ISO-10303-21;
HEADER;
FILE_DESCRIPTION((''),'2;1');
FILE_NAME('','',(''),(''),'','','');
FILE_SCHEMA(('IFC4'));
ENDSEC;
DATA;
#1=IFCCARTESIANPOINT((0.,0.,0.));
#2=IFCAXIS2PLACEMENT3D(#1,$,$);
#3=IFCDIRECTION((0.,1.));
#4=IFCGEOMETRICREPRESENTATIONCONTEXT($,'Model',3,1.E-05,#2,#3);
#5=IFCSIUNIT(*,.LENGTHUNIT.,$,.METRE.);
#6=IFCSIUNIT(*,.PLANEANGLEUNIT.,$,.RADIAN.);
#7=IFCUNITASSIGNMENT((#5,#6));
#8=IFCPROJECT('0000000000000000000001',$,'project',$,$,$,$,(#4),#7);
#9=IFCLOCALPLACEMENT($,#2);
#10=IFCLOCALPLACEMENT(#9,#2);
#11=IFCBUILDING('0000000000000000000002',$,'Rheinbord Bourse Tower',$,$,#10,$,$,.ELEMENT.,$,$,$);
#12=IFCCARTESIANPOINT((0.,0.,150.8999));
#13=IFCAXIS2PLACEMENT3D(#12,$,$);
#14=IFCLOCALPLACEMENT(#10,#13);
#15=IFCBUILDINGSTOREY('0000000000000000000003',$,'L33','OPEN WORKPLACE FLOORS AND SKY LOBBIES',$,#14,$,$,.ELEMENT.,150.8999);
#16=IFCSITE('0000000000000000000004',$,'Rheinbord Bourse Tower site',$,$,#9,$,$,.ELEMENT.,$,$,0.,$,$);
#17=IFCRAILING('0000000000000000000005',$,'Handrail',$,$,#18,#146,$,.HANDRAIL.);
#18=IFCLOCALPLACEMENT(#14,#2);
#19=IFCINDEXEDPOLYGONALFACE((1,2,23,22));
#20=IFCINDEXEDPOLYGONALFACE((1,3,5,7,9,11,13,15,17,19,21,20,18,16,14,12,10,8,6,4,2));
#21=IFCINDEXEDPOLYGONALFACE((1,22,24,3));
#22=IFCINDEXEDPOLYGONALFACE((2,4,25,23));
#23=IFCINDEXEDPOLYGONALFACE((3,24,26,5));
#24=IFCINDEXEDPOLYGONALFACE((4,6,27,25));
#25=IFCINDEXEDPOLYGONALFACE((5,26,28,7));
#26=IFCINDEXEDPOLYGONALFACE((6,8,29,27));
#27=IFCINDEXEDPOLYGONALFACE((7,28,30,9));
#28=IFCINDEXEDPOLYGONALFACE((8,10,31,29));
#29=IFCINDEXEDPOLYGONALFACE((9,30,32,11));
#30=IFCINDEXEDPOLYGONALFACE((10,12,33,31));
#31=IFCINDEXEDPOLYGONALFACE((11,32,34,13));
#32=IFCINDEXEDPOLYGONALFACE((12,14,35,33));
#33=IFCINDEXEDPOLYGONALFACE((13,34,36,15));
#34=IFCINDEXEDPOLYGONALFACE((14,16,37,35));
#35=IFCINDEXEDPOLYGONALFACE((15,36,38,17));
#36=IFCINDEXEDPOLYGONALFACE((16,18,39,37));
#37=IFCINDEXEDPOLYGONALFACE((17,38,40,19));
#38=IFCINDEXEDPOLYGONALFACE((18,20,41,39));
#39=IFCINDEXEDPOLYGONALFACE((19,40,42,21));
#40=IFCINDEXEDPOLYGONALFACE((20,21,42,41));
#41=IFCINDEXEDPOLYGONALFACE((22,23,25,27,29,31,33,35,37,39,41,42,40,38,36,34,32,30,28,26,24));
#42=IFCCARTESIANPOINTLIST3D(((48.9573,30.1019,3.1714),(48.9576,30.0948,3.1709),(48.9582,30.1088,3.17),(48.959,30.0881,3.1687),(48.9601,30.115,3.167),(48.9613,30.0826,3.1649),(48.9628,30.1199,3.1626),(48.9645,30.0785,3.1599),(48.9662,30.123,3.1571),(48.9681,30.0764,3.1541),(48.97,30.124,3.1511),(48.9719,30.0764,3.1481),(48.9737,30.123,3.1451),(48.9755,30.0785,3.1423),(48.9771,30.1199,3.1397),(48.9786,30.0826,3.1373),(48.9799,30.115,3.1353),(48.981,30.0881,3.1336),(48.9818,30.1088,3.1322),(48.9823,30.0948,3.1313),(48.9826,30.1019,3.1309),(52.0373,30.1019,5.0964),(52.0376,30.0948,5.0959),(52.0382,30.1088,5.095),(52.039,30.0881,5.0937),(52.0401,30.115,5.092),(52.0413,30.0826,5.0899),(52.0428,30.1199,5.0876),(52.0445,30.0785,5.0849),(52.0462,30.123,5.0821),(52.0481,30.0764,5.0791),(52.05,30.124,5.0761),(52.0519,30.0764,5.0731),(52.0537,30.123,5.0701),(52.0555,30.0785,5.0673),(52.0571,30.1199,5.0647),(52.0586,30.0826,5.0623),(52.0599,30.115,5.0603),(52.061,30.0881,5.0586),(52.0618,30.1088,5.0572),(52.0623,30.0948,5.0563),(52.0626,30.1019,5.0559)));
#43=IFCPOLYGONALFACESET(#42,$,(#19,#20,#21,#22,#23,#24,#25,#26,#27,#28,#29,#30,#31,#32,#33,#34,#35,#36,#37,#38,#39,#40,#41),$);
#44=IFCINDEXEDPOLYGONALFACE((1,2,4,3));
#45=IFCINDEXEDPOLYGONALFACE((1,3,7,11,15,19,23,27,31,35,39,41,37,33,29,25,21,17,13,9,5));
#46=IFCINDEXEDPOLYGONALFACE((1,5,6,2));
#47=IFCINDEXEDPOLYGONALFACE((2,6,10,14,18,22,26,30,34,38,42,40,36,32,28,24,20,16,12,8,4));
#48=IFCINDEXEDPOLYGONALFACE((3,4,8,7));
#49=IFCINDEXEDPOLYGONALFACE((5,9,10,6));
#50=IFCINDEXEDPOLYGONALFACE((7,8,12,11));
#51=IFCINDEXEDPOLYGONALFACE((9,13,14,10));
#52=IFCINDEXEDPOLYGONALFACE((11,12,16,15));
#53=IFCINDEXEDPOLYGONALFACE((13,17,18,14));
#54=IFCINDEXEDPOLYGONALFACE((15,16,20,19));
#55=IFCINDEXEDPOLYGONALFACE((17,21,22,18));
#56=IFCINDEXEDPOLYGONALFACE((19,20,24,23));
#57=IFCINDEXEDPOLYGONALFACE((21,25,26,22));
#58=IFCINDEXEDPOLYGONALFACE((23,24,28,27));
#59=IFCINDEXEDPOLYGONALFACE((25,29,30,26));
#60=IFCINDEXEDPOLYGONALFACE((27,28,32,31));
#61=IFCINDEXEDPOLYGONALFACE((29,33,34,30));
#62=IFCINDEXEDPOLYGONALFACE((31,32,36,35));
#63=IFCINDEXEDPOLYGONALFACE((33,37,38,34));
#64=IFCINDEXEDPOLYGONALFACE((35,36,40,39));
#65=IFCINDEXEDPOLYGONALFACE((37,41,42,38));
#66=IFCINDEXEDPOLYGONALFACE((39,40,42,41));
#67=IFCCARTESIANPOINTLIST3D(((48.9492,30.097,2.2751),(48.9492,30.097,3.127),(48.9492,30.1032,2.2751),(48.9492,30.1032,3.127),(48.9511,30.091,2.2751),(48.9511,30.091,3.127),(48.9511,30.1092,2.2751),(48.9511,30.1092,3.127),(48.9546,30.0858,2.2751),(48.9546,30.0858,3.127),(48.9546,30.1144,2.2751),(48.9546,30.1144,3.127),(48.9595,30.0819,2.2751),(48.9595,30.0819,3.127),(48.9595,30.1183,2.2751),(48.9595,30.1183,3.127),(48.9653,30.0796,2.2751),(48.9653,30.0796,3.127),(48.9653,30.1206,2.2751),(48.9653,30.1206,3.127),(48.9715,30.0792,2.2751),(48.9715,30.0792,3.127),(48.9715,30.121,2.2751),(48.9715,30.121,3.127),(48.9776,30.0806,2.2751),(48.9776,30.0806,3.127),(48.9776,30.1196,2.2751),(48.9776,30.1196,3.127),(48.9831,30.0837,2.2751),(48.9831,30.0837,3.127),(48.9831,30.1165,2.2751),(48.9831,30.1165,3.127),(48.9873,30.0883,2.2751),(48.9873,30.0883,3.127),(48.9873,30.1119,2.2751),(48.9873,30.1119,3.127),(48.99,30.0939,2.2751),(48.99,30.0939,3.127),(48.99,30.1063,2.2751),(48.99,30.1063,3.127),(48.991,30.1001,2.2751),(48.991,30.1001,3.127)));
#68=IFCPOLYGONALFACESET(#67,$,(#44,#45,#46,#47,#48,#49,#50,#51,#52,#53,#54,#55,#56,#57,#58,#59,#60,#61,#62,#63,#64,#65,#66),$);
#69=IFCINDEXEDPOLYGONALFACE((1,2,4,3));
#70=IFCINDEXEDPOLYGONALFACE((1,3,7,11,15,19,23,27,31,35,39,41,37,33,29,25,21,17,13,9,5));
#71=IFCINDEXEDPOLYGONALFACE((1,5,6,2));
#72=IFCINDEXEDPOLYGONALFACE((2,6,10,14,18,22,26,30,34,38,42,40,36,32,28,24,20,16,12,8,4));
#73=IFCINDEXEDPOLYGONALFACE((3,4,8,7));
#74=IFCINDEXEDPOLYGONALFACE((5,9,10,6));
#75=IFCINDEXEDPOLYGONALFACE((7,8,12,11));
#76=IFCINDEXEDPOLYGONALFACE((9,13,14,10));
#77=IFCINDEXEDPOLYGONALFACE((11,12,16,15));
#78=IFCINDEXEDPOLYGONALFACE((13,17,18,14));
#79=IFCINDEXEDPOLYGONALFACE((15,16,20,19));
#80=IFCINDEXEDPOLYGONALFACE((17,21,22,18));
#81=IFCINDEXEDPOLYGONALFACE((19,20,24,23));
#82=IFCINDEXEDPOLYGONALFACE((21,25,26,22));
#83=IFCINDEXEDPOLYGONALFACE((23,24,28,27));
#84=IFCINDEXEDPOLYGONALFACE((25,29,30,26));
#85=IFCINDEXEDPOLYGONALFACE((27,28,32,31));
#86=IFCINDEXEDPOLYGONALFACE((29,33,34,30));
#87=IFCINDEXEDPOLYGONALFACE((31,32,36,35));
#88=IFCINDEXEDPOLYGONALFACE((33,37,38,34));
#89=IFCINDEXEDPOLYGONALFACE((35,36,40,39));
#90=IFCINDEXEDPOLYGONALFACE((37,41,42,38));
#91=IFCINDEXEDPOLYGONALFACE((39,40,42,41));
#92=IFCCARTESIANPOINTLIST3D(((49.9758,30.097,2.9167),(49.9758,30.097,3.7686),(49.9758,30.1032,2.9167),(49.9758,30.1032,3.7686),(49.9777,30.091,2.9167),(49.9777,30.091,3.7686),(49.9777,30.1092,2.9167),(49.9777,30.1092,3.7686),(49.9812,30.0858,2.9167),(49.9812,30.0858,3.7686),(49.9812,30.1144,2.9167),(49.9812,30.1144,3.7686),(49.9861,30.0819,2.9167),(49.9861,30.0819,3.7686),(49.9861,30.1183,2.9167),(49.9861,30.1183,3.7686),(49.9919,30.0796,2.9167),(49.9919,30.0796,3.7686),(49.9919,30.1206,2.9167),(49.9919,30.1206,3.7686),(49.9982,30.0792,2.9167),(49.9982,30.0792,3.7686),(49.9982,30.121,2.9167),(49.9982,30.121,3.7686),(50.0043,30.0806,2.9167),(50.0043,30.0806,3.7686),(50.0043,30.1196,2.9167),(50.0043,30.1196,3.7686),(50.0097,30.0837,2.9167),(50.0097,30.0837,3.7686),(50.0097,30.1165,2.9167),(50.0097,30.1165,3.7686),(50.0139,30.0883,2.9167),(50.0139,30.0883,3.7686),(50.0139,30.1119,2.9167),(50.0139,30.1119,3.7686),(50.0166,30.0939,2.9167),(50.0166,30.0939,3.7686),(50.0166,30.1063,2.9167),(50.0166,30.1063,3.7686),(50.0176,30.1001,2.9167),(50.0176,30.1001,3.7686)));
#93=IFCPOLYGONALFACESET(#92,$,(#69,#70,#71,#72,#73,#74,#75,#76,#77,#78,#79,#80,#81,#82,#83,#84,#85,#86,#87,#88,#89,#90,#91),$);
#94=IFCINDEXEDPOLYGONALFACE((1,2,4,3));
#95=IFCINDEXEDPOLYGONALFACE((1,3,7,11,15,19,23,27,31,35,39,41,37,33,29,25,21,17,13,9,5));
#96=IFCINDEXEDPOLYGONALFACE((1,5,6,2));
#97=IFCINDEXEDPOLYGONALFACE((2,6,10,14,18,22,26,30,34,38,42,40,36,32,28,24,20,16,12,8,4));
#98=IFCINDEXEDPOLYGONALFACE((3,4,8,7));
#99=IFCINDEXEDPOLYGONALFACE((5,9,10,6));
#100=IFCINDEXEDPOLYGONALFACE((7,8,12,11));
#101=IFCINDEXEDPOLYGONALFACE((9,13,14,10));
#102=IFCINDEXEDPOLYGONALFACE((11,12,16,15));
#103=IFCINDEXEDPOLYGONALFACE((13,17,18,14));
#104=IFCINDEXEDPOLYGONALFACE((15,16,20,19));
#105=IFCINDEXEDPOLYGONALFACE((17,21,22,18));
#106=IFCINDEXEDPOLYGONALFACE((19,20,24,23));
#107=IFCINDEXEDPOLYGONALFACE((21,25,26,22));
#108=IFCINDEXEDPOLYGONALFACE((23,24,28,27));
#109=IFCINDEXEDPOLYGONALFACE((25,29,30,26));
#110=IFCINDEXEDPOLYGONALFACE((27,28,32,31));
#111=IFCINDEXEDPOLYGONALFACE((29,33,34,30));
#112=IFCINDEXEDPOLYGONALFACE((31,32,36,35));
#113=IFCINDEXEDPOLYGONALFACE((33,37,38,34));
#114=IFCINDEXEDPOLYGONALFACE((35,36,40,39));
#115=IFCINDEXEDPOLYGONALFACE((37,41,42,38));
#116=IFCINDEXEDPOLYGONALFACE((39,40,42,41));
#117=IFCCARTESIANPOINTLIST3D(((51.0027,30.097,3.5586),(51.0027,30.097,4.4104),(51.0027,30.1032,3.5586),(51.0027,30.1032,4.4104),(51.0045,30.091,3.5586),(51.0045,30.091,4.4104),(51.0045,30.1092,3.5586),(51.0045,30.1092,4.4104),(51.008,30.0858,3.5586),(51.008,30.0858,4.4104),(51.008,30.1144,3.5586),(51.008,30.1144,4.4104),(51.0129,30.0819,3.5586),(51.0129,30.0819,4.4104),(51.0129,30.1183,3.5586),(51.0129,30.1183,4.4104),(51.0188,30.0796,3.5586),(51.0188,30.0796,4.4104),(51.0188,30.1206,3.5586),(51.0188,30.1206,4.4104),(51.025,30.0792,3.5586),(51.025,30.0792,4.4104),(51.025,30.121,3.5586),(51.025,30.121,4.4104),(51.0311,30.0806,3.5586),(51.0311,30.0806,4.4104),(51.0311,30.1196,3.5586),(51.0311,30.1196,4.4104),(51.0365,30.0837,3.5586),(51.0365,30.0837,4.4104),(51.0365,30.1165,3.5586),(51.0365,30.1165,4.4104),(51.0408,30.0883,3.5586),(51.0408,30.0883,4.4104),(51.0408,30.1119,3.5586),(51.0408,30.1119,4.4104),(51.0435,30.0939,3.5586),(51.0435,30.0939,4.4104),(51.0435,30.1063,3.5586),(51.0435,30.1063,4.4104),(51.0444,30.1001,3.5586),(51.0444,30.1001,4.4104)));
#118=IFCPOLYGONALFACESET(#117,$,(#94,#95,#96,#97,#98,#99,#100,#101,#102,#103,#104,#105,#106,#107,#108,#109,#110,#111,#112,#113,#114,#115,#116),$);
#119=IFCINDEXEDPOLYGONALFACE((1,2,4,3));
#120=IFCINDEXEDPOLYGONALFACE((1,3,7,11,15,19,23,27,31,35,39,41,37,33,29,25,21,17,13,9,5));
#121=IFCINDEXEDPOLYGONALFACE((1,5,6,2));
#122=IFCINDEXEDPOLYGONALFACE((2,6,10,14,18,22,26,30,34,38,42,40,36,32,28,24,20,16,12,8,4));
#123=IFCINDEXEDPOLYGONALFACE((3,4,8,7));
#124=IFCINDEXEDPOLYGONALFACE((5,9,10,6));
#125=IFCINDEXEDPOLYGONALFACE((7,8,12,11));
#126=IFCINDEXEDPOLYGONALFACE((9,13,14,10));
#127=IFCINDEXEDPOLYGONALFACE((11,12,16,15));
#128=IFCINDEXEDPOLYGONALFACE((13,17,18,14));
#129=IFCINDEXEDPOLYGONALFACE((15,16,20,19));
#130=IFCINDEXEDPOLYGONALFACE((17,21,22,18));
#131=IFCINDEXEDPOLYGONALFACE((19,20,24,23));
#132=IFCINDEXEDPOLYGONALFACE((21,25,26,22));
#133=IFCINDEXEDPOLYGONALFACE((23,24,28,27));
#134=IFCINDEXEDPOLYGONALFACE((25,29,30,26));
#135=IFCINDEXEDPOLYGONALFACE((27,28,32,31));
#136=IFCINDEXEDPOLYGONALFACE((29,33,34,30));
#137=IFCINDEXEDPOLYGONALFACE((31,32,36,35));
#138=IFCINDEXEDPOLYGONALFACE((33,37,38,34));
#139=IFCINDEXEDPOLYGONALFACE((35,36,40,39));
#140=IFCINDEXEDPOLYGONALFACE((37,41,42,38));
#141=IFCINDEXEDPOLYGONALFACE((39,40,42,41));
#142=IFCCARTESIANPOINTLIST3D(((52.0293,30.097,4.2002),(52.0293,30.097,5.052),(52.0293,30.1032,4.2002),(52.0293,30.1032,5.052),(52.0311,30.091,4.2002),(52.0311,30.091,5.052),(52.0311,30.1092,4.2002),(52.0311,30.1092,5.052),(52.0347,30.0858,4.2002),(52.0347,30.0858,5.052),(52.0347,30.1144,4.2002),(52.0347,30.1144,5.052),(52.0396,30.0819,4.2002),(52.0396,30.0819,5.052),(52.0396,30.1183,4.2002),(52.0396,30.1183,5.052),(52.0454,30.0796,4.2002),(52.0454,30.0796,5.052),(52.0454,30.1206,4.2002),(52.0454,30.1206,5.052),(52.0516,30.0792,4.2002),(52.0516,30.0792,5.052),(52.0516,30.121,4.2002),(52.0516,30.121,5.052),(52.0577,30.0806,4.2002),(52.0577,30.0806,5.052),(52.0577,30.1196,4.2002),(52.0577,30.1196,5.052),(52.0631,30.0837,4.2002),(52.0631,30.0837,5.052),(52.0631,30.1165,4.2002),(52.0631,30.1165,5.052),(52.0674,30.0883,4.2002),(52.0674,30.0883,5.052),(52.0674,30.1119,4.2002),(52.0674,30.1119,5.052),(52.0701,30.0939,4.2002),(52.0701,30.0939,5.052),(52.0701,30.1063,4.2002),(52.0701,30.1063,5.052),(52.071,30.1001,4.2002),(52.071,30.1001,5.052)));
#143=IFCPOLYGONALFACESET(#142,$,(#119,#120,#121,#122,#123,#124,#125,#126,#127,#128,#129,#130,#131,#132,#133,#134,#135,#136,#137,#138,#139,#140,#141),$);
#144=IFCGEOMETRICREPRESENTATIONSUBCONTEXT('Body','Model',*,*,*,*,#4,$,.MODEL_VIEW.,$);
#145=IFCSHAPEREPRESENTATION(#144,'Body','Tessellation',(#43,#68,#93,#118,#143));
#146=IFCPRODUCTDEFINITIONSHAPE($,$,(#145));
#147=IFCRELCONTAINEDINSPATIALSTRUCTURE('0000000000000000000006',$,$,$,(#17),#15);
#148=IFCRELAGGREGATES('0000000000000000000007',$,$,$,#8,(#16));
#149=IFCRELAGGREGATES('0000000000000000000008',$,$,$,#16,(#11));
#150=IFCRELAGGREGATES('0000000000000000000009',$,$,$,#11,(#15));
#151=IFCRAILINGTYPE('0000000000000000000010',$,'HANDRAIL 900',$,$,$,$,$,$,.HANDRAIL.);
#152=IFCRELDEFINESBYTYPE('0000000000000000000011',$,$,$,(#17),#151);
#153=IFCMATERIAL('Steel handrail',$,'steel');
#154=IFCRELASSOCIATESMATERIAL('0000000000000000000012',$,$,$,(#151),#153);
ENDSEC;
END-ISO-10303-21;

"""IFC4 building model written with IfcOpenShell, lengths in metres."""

from ifc_helpers import new_model, si_unit, direction, frame, origin, origin_2d, place, context, subcontext, project, spatial, circle, extrude, material, type_object, element, save


model = new_model("IFC4")

# Units and contexts
model_context = context("Model", 3, precision=1e-05, world=origin(), true_north=direction((0.0, 1.0)))
body_context = subcontext(model_context, "Body", "Model", "MODEL_VIEW")
ifc_project = project(units=[si_unit("LENGTHUNIT", "METRE"), si_unit("PLANEANGLEUNIT", "RADIAN")], contexts=[model_context])

# Site, building, storey
site_placement = place(None, origin())
site = spatial("IfcSite", under=ifc_project, at=site_placement, Name="Rheinbord Bourse Tower site", CompositionType="ELEMENT", RefElevation=0.0)
building_placement = place(site_placement, origin())
building = spatial("IfcBuilding", under=site, at=building_placement, Name="Rheinbord Bourse Tower", CompositionType="ELEMENT")
storey_placement = place(building_placement, frame((0.0, 0.0, 150.8999)))
storey = spatial("IfcBuildingStorey", under=building, at=storey_placement, Name="L33", Description="OPEN WORKPLACE FLOORS AND SKY LOBBIES", CompositionType="ELEMENT", Elevation=150.8999)

# Railing
ifc_material_1 = material(Name="Steel handrail", Category="steel")
railing_type = type_object("IfcRailingType", Name="HANDRAIL 900", PredefinedType="HANDRAIL", material=ifc_material_1)
railing_1_placement = place(storey_placement, frame((48.97, 30.1001, 2.2751)))
element("IfcRailing", 1, at=railing_1_placement, inside=storey, type_object=railing_type, Name="Handrail", PredefinedType="HANDRAIL", context=body_context, shape_type="SweptSolid", body=[
    extrude(circle(Radius=0.0239, at=origin_2d()), frame((0.0, 0.0, 0.876), z_axis=(0.847998, 0.0, 0.529999), x_axis=(0.0, 1.0, 0.0)), (0.0, 0.0, 1.0), 3.6321),
    extrude(circle(Radius=0.021, at=origin_2d()), origin(), (0.0, 0.0, 1.0), 0.8518),
    extrude(circle(Radius=0.021, at=origin_2d()), frame((1.0266, 0.0, 0.6416)), (0.0, 0.0, 1.0), 0.8518),
    extrude(circle(Radius=0.021, at=origin_2d()), frame((2.0535, 0.0, 1.2834)), (0.0, 0.0, 1.0), 0.8518),
    extrude(circle(Radius=0.021, at=origin_2d()), frame((3.0801, 0.0, 1.925)), (0.0, 0.0, 1.0), 0.8518),
])

save(model, "model.ifc")
